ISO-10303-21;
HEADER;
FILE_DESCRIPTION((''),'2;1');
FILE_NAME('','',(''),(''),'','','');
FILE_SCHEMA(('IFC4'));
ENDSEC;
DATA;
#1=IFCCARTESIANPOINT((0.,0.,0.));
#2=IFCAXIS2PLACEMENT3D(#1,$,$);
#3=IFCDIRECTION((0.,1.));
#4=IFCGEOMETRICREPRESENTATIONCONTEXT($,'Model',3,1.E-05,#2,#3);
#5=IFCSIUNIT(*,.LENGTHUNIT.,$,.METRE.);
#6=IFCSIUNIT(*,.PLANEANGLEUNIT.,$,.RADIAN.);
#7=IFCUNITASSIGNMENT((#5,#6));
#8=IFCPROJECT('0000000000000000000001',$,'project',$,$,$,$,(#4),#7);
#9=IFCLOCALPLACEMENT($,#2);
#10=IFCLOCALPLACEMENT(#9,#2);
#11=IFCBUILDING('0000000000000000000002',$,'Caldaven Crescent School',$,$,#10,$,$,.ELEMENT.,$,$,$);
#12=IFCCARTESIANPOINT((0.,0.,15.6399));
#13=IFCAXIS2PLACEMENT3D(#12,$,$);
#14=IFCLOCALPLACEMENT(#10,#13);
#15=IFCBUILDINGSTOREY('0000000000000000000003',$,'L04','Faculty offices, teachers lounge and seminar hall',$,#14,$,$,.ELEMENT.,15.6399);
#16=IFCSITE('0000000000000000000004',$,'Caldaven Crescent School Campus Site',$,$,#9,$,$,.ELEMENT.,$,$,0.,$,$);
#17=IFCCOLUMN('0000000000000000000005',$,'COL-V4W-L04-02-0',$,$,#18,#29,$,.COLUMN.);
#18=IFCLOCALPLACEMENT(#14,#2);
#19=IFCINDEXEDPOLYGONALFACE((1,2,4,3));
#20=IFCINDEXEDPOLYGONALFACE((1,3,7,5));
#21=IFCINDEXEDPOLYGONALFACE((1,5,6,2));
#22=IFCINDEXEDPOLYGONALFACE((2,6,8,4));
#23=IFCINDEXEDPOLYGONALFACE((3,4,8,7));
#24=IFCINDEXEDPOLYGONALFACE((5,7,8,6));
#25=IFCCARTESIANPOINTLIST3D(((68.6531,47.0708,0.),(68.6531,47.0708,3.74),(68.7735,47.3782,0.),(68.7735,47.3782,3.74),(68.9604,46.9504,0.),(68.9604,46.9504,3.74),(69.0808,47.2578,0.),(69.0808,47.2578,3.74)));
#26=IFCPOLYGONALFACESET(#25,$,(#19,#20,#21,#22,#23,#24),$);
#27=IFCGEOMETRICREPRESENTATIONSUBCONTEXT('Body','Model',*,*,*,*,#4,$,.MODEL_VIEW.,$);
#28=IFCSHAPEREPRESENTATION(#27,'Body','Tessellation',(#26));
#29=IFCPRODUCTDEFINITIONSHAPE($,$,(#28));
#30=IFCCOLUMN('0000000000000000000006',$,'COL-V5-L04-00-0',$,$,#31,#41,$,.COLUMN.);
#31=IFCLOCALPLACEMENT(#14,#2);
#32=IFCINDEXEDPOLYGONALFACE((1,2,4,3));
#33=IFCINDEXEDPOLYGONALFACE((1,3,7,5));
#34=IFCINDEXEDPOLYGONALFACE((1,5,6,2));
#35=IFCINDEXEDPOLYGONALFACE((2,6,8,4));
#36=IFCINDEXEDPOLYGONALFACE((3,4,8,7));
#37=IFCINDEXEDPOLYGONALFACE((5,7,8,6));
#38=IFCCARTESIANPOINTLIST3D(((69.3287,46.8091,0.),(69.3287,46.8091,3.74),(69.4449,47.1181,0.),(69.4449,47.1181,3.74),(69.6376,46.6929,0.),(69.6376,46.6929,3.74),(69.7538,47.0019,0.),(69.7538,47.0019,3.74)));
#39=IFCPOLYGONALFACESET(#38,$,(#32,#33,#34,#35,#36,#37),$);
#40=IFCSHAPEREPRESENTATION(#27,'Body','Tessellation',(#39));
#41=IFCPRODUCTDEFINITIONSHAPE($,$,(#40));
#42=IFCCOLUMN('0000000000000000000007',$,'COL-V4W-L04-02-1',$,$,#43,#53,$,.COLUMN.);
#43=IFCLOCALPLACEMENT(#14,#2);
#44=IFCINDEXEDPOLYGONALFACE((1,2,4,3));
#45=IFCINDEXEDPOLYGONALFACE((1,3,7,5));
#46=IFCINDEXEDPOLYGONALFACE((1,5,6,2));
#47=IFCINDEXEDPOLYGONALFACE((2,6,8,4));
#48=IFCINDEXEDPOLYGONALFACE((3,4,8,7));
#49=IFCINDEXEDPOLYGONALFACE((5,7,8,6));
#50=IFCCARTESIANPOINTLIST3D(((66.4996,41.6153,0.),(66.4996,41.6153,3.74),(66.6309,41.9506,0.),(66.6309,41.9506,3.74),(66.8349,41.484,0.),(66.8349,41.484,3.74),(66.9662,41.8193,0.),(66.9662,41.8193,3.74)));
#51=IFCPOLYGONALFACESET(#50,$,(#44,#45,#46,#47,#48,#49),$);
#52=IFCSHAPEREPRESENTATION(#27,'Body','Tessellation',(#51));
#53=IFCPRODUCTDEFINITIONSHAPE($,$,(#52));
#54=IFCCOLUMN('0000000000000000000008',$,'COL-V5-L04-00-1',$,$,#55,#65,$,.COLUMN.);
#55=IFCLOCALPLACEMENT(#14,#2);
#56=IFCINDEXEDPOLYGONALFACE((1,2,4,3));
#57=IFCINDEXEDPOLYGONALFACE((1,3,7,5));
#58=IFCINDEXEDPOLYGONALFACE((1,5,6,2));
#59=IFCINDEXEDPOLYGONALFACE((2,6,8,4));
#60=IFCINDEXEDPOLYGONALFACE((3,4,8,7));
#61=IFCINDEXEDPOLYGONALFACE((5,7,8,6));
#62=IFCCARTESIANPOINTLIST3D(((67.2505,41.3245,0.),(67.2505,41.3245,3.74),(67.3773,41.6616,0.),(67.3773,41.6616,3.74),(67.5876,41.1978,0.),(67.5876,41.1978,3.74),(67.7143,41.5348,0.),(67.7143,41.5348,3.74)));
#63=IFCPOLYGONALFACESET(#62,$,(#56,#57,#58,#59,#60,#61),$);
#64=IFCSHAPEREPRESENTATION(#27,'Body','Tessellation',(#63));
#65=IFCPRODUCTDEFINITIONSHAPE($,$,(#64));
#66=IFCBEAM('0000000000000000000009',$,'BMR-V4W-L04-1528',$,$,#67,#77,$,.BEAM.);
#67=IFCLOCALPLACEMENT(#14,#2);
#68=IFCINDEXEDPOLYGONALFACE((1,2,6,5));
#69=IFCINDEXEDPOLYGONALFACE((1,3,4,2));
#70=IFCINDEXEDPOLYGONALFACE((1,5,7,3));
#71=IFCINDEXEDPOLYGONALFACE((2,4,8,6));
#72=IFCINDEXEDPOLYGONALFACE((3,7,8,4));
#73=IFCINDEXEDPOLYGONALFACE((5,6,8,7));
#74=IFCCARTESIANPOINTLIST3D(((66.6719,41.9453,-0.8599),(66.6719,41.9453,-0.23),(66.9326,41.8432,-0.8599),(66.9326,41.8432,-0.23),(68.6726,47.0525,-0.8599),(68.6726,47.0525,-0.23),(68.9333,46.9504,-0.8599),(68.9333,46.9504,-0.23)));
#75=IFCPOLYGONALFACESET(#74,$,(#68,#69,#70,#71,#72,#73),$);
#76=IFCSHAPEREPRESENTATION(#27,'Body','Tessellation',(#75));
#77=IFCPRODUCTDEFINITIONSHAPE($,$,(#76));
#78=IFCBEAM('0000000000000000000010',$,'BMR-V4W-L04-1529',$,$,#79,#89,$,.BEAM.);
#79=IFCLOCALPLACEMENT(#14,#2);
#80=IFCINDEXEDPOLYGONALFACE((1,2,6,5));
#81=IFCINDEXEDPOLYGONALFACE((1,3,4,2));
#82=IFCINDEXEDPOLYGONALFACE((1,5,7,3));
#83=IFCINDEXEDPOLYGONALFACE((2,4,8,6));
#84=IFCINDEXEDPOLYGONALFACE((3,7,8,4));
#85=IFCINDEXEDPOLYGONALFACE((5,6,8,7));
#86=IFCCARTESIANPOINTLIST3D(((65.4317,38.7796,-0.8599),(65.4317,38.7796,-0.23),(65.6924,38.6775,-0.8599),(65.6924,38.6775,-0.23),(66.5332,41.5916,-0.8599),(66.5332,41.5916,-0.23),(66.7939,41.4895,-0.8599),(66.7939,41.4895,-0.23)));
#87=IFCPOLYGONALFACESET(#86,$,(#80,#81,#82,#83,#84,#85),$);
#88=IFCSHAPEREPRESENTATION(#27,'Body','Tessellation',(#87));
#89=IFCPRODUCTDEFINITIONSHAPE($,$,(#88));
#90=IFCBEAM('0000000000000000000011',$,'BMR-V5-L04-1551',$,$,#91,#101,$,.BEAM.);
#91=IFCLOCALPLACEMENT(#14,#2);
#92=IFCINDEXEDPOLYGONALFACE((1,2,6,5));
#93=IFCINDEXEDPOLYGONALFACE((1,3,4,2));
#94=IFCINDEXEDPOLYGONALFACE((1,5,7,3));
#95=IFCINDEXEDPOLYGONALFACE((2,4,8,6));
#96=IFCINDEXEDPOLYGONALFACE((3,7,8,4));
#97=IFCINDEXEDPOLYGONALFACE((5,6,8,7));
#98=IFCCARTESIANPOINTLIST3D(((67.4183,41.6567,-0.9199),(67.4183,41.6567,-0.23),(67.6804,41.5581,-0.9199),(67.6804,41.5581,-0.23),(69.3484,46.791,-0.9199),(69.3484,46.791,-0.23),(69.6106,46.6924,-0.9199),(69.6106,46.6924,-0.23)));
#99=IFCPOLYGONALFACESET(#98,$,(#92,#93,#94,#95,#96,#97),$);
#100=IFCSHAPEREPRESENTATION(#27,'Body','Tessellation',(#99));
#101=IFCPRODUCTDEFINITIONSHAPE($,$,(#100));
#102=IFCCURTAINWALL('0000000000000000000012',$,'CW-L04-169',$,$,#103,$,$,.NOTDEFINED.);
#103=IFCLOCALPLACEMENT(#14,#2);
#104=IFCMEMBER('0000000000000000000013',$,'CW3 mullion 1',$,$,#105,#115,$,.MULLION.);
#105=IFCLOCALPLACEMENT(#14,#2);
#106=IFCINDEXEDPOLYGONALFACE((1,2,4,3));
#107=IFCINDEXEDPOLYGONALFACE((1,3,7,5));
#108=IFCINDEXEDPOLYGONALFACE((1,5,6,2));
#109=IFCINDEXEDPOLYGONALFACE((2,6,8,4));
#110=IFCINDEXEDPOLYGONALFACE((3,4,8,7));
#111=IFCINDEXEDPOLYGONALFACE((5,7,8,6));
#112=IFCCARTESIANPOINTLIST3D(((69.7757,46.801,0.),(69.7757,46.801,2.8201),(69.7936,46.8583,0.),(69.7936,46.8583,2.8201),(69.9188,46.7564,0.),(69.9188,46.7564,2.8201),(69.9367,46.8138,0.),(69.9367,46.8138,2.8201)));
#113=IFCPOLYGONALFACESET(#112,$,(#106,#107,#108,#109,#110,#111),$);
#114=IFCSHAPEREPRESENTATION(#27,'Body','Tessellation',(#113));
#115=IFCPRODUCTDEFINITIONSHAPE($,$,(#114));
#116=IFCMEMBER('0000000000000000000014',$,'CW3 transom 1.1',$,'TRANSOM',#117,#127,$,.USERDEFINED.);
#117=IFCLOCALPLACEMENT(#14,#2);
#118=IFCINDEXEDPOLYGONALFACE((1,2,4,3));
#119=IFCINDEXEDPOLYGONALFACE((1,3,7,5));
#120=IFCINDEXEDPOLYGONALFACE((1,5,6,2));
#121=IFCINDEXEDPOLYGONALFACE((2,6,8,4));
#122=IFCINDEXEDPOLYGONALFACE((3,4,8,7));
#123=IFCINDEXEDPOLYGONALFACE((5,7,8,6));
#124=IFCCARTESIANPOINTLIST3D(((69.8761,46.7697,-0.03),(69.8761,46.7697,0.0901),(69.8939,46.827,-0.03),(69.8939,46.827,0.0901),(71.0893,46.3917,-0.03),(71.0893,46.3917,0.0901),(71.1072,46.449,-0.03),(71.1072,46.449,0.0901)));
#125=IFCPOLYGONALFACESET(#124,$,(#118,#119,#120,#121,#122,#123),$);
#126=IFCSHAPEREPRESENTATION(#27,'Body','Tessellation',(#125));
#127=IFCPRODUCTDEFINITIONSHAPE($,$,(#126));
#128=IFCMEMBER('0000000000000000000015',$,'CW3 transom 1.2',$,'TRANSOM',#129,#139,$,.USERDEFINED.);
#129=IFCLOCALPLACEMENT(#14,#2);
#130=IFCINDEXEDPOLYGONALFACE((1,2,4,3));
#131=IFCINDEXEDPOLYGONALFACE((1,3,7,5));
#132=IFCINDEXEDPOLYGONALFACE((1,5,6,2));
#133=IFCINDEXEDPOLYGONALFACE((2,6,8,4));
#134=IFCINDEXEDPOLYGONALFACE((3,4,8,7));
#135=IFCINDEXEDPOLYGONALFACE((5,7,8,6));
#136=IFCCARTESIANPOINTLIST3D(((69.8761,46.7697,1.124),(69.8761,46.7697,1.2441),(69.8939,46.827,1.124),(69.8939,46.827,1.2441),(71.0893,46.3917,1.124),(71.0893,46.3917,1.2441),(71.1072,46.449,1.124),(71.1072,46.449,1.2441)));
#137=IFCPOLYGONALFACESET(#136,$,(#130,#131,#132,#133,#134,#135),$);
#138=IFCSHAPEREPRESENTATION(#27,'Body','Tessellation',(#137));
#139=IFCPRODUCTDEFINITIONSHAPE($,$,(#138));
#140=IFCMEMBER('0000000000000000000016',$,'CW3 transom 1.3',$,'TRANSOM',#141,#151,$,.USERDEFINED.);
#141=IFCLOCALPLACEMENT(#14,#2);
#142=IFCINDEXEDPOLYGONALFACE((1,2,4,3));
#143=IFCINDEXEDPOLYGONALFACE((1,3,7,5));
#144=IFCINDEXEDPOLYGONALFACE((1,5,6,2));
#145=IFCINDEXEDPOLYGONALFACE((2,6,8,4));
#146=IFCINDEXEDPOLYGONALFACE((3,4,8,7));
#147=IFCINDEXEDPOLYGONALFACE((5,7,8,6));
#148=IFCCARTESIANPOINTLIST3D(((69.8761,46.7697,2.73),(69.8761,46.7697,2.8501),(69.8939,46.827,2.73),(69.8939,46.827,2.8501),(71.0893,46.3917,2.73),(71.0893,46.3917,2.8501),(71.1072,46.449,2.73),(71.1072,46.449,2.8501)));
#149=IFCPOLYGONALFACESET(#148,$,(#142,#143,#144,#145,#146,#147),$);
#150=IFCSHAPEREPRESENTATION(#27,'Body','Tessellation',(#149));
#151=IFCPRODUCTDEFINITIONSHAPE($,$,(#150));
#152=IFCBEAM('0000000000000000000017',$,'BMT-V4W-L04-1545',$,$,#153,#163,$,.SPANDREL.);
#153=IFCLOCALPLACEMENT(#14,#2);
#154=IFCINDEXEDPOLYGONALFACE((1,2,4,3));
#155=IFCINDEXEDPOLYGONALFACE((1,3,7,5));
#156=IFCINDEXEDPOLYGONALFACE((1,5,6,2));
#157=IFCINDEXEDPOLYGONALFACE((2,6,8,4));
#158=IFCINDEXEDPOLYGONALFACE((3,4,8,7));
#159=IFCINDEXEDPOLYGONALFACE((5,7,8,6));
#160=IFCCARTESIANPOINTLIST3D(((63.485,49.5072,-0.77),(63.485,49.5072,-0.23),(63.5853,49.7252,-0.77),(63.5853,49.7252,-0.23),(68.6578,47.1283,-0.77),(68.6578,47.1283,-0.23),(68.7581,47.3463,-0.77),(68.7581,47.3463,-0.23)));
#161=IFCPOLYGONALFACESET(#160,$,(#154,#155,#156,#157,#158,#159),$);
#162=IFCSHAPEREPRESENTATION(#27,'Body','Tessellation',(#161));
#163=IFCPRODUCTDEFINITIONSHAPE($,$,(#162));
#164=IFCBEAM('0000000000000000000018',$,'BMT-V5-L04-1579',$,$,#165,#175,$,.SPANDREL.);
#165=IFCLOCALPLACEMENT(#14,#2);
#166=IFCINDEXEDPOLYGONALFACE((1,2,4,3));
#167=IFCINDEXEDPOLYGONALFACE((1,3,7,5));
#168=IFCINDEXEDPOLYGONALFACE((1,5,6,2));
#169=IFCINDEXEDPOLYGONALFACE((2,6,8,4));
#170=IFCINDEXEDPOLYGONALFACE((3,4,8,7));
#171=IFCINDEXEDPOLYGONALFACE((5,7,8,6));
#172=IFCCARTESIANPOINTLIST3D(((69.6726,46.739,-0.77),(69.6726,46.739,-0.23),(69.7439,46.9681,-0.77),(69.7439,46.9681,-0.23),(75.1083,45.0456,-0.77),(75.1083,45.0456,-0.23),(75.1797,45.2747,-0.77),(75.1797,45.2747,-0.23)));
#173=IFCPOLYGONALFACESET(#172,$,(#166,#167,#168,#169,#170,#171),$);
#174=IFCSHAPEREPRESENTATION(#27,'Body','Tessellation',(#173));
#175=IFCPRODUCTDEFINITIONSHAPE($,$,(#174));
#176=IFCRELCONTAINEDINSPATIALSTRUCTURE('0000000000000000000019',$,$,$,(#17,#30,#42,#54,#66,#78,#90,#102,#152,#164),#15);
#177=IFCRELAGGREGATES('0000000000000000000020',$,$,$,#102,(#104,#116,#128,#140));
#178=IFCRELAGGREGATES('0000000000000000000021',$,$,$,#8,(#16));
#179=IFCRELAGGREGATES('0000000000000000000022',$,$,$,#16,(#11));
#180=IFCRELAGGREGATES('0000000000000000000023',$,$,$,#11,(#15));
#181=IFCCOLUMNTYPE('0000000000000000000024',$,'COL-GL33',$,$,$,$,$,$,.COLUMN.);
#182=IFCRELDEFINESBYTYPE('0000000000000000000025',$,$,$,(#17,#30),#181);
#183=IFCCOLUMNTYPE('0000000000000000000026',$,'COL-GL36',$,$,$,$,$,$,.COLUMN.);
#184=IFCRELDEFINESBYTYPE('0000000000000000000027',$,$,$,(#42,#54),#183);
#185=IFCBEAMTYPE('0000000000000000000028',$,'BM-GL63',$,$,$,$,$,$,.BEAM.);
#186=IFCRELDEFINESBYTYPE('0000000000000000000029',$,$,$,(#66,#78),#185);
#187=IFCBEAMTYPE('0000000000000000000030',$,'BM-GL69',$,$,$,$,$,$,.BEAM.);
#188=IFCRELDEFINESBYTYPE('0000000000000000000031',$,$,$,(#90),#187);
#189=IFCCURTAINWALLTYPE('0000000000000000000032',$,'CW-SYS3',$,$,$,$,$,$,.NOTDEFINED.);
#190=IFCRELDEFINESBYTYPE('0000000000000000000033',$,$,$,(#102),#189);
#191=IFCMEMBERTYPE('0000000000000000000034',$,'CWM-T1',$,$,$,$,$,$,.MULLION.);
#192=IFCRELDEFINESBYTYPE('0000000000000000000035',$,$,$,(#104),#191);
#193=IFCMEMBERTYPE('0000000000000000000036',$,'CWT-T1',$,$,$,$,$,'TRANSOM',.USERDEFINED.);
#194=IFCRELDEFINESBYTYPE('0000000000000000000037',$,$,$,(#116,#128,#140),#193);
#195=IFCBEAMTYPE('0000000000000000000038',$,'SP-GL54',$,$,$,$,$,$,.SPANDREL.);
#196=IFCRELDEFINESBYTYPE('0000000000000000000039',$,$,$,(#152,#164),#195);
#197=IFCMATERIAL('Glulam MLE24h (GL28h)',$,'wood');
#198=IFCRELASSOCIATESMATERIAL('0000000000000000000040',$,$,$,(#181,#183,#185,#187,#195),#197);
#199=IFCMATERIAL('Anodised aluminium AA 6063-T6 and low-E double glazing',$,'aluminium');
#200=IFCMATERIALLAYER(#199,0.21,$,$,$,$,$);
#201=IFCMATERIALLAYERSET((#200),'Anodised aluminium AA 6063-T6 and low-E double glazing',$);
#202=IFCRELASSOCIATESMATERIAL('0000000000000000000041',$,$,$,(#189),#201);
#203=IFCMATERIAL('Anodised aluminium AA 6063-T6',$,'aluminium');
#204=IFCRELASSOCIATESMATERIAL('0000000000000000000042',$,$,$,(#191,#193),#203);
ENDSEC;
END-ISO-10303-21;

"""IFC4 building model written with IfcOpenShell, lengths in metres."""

from ifc_helpers import new_model, si_unit, direction, frame, origin, origin_2d, place, context, subcontext, project, spatial, rectangle, extrude, material, layer, layer_set, material_profile, profile_set, type_object, element, aggregate, save


model = new_model("IFC4")

# Units and contexts
model_context = context("Model", 3, precision=1e-05, world=origin(), true_north=direction((0.0, 1.0)))
body_context = subcontext(model_context, "Body", "Model", "MODEL_VIEW")
ifc_project = project(units=[si_unit("LENGTHUNIT", "METRE"), si_unit("PLANEANGLEUNIT", "RADIAN")], contexts=[model_context])

# Site, building, storey
site_placement = place(None, origin())
site = spatial("IfcSite", under=ifc_project, at=site_placement, Name="Caldaven Crescent School Campus Site", CompositionType="ELEMENT", RefElevation=0.0)
building_placement = place(site_placement, origin())
building = spatial("IfcBuilding", under=site, at=building_placement, Name="Caldaven Crescent School", CompositionType="ELEMENT")
storey_placement = place(building_placement, frame((0.0, 0.0, 15.6399)))
storey = spatial("IfcBuildingStorey", under=building, at=storey_placement, Name="L04", Description="Faculty offices, teachers lounge and seminar hall", CompositionType="ELEMENT", Elevation=15.6399)

# Columns
ifc_material_1 = material(Name="Glulam MLE24h (GL28h)", Category="wood")
ifc_material_profile_1 = material_profile(ifc_material_1, rectangle(XDim=0.3301, YDim=0.3301, at=origin_2d()), Name="MLE 330x330")
ifc_profile_set_1 = profile_set([ifc_material_profile_1], Name="Glulam MLE24h (GL28h)")
column_type_1 = type_object("IfcColumnType", Name="COL-GL33", PredefinedType="COLUMN", material=ifc_profile_set_1)
for number, where, z_axis, x_axis, name in (
    (1, (68.8669, 47.1643, 0.0), (0.0, 0.0, 1.0), (-0.364714, -0.931119, 0.0), "COL-V4W-L04-02-0"),
    (2, (69.5413, 46.9055, 0.0), (0.0, 0.0, 1.0), (-0.352005, -0.935998, 0.0), "COL-V5-L04-00-0"),
):
    element("IfcColumn", number, at=place(storey_placement, frame(where, z_axis=z_axis, x_axis=x_axis)), inside=storey, type_object=column_type_1, Name=name, PredefinedType="COLUMN", context=body_context, shape_type="SweptSolid", body=[
        extrude(rectangle(XDim=0.3301, YDim=0.3301, at=origin_2d()), origin(), (0.0, 0.0, 1.0), 3.74),
    ])
ifc_material_profile_2 = material_profile(ifc_material_1, rectangle(XDim=0.3601, YDim=0.3601, at=origin_2d()), Name="MLE 360x360")
ifc_profile_set_2 = profile_set([ifc_material_profile_2], Name="Glulam MLE24h (GL28h)")
column_type_2 = type_object("IfcColumnType", Name="COL-GL36", PredefinedType="COLUMN", material=ifc_profile_set_2)
for number, where, z_axis, x_axis, name in (
    (3, (66.7329, 41.7173, 0.0), (0.0, 0.0, 1.0), (-0.364714, -0.931119, 0.0), "COL-V4W-L04-02-1"),
    (4, (67.4824, 41.4297, 0.0), (0.0, 0.0, 1.0), (-0.352005, -0.935998, 0.0), "COL-V5-L04-00-1"),
):
    element("IfcColumn", number, at=place(storey_placement, frame(where, z_axis=z_axis, x_axis=x_axis)), inside=storey, type_object=column_type_2, Name=name, PredefinedType="COLUMN", context=body_context, shape_type="SweptSolid", body=[
        extrude(rectangle(XDim=0.3601, YDim=0.3601, at=origin_2d()), origin(), (0.0, 0.0, 1.0), 3.74),
    ])

# Beams
ifc_material_profile_3 = material_profile(ifc_material_1, rectangle(XDim=0.28, YDim=0.6299, at=origin_2d()), Name="MLE 280x630")
ifc_profile_set_3 = profile_set([ifc_material_profile_3], Name="Glulam MLE24h (GL28h)")
beam_type_1 = type_object("IfcBeamType", Name="BM-GL63", PredefinedType="BEAM", material=ifc_profile_set_3)
beam_1_placement = place(storey_placement, frame((68.803, 47.0015, -0.5449), z_axis=(-0.364758, -0.931102, 0.0), x_axis=(0.931102, -0.364758, 0.0)))
element("IfcBeam", 5, at=beam_1_placement, inside=storey, type_object=beam_type_1, Name="BMR-V4W-L04-1528", PredefinedType="BEAM", context=body_context, shape_type="SweptSolid", body=[
    extrude(rectangle(XDim=0.28, YDim=0.6299, at=origin_2d()), origin(), (0.0, 0.0, 1.0), 5.4851),
])
beam_2_placement = place(storey_placement, frame((66.6636, 41.5405, -0.5449), z_axis=(-0.364747, -0.931107, 0.0), x_axis=(0.931107, -0.364747, 0.0)))
element("IfcBeam", 6, at=beam_2_placement, inside=storey, type_object=beam_type_1, Name="BMR-V4W-L04-1529", PredefinedType="BEAM", context=body_context, shape_type="SweptSolid", body=[
    extrude(rectangle(XDim=0.28, YDim=0.6299, at=origin_2d()), origin(), (0.0, 0.0, 1.0), 3.02),
])
ifc_material_profile_4 = material_profile(ifc_material_1, rectangle(XDim=0.28, YDim=0.6899, at=origin_2d()), Name="MLE 280x690")
ifc_profile_set_4 = profile_set([ifc_material_profile_4], Name="Glulam MLE24h (GL28h)")
beam_type_2 = type_object("IfcBeamType", Name="BM-GL69", PredefinedType="BEAM", material=ifc_profile_set_4)
beam_3_placement = place(storey_placement, frame((69.4795, 46.7417, -0.575), z_axis=(-0.351894, -0.93604, 0.0), x_axis=(0.93604, -0.351894, 0.0)))
element("IfcBeam", 7, at=beam_3_placement, inside=storey, type_object=beam_type_2, Name="BMR-V5-L04-1551", PredefinedType="BEAM", context=body_context, shape_type="SweptSolid", body=[
    extrude(rectangle(XDim=0.28, YDim=0.6899, at=origin_2d()), origin(), (0.0, 0.0, 1.0), 5.4851),
])

# Curtain wall, members
ifc_material_2 = material(Name="Anodised aluminium AA 6063-T6 and low-E double glazing", Category="aluminium")
ifc_layer_1 = layer(ifc_material_2, 0.21)
ifc_layer_set_1 = layer_set([ifc_layer_1], Name="Anodised aluminium AA 6063-T6 and low-E double glazing")
curtain_wall_type = type_object("IfcCurtainWallType", Name="CW-SYS3", PredefinedType="NOTDEFINED", material=ifc_layer_set_1)
curtain_wall_placement = place(storey_placement, origin())
curtain_wall = element("IfcCurtainWall", 8, at=curtain_wall_placement, inside=storey, type_object=curtain_wall_type, Name="CW-L04-169", PredefinedType="NOTDEFINED")
ifc_material_3 = material(Name="Anodised aluminium AA 6063-T6", Category="aluminium")
ifc_material_profile_5 = material_profile(ifc_material_3, rectangle(XDim=0.0601, YDim=0.1499, at=origin_2d()), Name="CWM 60x150")
ifc_profile_set_5 = profile_set([ifc_material_profile_5], Name="Anodised aluminium AA 6063-T6")
member_type_1 = type_object("IfcMemberType", Name="CWM-T1", PredefinedType="MULLION", material=ifc_profile_set_5)
member_1_placement = place(storey_placement, frame((69.8562, 46.8074, 0.0), z_axis=(0.0, 0.0, 1.0), x_axis=(0.29742, 0.954747, 0.0)))
member_1 = element("IfcMember", 9, at=member_1_placement, type_object=member_type_1, Name="CW3 mullion 1", PredefinedType="MULLION", context=body_context, shape_type="SweptSolid", body=[
    extrude(rectangle(XDim=0.0601, YDim=0.1499, at=origin_2d()), origin(), (0.0, 0.0, 1.0), 2.8201),
])
ifc_material_profile_6 = material_profile(ifc_material_3, rectangle(XDim=0.0601, YDim=0.1201, at=origin_2d()), Name="CWT 60x120")
ifc_profile_set_6 = profile_set([ifc_material_profile_6], Name="Anodised aluminium AA 6063-T6")
member_type_2 = type_object("IfcMemberType", Name="CWT-T1", ElementType="TRANSOM", PredefinedType="USERDEFINED", material=ifc_profile_set_6)
member_2_placement = place(storey_placement, frame((69.885, 46.7983, 0.03), z_axis=(0.954743, -0.297432, 0.0), x_axis=(0.297432, 0.954743, 0.0)))
member_2 = element("IfcMember", 10, at=member_2_placement, type_object=member_type_2, Name="CW3 transom 1.1", ObjectType="TRANSOM", PredefinedType="USERDEFINED", context=body_context, shape_type="SweptSolid", body=[
    extrude(rectangle(XDim=0.0601, YDim=0.1201, at=origin_2d()), origin(), (0.0, 0.0, 1.0), 1.2708),
])
member_3_placement = place(storey_placement, frame((69.885, 46.7983, 1.1841), z_axis=(0.954743, -0.297432, 0.0), x_axis=(0.297432, 0.954743, 0.0)))
member_3 = element("IfcMember", 11, at=member_3_placement, type_object=member_type_2, Name="CW3 transom 1.2", ObjectType="TRANSOM", PredefinedType="USERDEFINED", context=body_context, shape_type="SweptSolid", body=[
    extrude(rectangle(XDim=0.0601, YDim=0.1201, at=origin_2d()), origin(), (0.0, 0.0, 1.0), 1.2708),
])
member_4_placement = place(storey_placement, frame((69.885, 46.7983, 2.79), z_axis=(0.954743, -0.297432, 0.0), x_axis=(0.297432, 0.954743, 0.0)))
member_4 = element("IfcMember", 12, at=member_4_placement, type_object=member_type_2, Name="CW3 transom 1.3", ObjectType="TRANSOM", PredefinedType="USERDEFINED", context=body_context, shape_type="SweptSolid", body=[
    extrude(rectangle(XDim=0.0601, YDim=0.1201, at=origin_2d()), origin(), (0.0, 0.0, 1.0), 1.2708),
])
aggregate(curtain_wall, [member_1, member_2, member_3, member_4])

# Beams
ifc_material_profile_7 = material_profile(ifc_material_1, rectangle(XDim=0.24, YDim=0.54, at=origin_2d()), Name="MLE 240x540")
ifc_profile_set_7 = profile_set([ifc_material_profile_7], Name="Glulam MLE24h (GL28h)")
beam_type_3 = type_object("IfcBeamType", Name="SP-GL54", PredefinedType="SPANDREL", material=ifc_profile_set_7)
beam_4_placement = place(storey_placement, frame((63.5352, 49.6162, -0.5), z_axis=(0.908531, -0.417818, 0.0), x_axis=(0.417818, 0.908531, 0.0)))
element("IfcBeam", 13, at=beam_4_placement, inside=storey, type_object=beam_type_3, Name="BMT-V4W-L04-1545", PredefinedType="SPANDREL", context=body_context, shape_type="SweptSolid", body=[
    extrude(rectangle(XDim=0.24, YDim=0.54, at=origin_2d()), origin(), (0.0, 0.0, 1.0), 5.6936),
])
beam_5_placement = place(storey_placement, frame((69.7083, 46.8535, -0.5), z_axis=(0.954746, -0.297423, 0.0), x_axis=(0.297423, 0.954746, 0.0)))
element("IfcBeam", 14, at=beam_5_placement, inside=storey, type_object=beam_type_3, Name="BMT-V5-L04-1579", PredefinedType="SPANDREL", context=body_context, shape_type="SweptSolid", body=[
    extrude(rectangle(XDim=0.24, YDim=0.54, at=origin_2d()), origin(), (0.0, 0.0, 1.0), 5.6934),
])

save(model, "model.ifc")
